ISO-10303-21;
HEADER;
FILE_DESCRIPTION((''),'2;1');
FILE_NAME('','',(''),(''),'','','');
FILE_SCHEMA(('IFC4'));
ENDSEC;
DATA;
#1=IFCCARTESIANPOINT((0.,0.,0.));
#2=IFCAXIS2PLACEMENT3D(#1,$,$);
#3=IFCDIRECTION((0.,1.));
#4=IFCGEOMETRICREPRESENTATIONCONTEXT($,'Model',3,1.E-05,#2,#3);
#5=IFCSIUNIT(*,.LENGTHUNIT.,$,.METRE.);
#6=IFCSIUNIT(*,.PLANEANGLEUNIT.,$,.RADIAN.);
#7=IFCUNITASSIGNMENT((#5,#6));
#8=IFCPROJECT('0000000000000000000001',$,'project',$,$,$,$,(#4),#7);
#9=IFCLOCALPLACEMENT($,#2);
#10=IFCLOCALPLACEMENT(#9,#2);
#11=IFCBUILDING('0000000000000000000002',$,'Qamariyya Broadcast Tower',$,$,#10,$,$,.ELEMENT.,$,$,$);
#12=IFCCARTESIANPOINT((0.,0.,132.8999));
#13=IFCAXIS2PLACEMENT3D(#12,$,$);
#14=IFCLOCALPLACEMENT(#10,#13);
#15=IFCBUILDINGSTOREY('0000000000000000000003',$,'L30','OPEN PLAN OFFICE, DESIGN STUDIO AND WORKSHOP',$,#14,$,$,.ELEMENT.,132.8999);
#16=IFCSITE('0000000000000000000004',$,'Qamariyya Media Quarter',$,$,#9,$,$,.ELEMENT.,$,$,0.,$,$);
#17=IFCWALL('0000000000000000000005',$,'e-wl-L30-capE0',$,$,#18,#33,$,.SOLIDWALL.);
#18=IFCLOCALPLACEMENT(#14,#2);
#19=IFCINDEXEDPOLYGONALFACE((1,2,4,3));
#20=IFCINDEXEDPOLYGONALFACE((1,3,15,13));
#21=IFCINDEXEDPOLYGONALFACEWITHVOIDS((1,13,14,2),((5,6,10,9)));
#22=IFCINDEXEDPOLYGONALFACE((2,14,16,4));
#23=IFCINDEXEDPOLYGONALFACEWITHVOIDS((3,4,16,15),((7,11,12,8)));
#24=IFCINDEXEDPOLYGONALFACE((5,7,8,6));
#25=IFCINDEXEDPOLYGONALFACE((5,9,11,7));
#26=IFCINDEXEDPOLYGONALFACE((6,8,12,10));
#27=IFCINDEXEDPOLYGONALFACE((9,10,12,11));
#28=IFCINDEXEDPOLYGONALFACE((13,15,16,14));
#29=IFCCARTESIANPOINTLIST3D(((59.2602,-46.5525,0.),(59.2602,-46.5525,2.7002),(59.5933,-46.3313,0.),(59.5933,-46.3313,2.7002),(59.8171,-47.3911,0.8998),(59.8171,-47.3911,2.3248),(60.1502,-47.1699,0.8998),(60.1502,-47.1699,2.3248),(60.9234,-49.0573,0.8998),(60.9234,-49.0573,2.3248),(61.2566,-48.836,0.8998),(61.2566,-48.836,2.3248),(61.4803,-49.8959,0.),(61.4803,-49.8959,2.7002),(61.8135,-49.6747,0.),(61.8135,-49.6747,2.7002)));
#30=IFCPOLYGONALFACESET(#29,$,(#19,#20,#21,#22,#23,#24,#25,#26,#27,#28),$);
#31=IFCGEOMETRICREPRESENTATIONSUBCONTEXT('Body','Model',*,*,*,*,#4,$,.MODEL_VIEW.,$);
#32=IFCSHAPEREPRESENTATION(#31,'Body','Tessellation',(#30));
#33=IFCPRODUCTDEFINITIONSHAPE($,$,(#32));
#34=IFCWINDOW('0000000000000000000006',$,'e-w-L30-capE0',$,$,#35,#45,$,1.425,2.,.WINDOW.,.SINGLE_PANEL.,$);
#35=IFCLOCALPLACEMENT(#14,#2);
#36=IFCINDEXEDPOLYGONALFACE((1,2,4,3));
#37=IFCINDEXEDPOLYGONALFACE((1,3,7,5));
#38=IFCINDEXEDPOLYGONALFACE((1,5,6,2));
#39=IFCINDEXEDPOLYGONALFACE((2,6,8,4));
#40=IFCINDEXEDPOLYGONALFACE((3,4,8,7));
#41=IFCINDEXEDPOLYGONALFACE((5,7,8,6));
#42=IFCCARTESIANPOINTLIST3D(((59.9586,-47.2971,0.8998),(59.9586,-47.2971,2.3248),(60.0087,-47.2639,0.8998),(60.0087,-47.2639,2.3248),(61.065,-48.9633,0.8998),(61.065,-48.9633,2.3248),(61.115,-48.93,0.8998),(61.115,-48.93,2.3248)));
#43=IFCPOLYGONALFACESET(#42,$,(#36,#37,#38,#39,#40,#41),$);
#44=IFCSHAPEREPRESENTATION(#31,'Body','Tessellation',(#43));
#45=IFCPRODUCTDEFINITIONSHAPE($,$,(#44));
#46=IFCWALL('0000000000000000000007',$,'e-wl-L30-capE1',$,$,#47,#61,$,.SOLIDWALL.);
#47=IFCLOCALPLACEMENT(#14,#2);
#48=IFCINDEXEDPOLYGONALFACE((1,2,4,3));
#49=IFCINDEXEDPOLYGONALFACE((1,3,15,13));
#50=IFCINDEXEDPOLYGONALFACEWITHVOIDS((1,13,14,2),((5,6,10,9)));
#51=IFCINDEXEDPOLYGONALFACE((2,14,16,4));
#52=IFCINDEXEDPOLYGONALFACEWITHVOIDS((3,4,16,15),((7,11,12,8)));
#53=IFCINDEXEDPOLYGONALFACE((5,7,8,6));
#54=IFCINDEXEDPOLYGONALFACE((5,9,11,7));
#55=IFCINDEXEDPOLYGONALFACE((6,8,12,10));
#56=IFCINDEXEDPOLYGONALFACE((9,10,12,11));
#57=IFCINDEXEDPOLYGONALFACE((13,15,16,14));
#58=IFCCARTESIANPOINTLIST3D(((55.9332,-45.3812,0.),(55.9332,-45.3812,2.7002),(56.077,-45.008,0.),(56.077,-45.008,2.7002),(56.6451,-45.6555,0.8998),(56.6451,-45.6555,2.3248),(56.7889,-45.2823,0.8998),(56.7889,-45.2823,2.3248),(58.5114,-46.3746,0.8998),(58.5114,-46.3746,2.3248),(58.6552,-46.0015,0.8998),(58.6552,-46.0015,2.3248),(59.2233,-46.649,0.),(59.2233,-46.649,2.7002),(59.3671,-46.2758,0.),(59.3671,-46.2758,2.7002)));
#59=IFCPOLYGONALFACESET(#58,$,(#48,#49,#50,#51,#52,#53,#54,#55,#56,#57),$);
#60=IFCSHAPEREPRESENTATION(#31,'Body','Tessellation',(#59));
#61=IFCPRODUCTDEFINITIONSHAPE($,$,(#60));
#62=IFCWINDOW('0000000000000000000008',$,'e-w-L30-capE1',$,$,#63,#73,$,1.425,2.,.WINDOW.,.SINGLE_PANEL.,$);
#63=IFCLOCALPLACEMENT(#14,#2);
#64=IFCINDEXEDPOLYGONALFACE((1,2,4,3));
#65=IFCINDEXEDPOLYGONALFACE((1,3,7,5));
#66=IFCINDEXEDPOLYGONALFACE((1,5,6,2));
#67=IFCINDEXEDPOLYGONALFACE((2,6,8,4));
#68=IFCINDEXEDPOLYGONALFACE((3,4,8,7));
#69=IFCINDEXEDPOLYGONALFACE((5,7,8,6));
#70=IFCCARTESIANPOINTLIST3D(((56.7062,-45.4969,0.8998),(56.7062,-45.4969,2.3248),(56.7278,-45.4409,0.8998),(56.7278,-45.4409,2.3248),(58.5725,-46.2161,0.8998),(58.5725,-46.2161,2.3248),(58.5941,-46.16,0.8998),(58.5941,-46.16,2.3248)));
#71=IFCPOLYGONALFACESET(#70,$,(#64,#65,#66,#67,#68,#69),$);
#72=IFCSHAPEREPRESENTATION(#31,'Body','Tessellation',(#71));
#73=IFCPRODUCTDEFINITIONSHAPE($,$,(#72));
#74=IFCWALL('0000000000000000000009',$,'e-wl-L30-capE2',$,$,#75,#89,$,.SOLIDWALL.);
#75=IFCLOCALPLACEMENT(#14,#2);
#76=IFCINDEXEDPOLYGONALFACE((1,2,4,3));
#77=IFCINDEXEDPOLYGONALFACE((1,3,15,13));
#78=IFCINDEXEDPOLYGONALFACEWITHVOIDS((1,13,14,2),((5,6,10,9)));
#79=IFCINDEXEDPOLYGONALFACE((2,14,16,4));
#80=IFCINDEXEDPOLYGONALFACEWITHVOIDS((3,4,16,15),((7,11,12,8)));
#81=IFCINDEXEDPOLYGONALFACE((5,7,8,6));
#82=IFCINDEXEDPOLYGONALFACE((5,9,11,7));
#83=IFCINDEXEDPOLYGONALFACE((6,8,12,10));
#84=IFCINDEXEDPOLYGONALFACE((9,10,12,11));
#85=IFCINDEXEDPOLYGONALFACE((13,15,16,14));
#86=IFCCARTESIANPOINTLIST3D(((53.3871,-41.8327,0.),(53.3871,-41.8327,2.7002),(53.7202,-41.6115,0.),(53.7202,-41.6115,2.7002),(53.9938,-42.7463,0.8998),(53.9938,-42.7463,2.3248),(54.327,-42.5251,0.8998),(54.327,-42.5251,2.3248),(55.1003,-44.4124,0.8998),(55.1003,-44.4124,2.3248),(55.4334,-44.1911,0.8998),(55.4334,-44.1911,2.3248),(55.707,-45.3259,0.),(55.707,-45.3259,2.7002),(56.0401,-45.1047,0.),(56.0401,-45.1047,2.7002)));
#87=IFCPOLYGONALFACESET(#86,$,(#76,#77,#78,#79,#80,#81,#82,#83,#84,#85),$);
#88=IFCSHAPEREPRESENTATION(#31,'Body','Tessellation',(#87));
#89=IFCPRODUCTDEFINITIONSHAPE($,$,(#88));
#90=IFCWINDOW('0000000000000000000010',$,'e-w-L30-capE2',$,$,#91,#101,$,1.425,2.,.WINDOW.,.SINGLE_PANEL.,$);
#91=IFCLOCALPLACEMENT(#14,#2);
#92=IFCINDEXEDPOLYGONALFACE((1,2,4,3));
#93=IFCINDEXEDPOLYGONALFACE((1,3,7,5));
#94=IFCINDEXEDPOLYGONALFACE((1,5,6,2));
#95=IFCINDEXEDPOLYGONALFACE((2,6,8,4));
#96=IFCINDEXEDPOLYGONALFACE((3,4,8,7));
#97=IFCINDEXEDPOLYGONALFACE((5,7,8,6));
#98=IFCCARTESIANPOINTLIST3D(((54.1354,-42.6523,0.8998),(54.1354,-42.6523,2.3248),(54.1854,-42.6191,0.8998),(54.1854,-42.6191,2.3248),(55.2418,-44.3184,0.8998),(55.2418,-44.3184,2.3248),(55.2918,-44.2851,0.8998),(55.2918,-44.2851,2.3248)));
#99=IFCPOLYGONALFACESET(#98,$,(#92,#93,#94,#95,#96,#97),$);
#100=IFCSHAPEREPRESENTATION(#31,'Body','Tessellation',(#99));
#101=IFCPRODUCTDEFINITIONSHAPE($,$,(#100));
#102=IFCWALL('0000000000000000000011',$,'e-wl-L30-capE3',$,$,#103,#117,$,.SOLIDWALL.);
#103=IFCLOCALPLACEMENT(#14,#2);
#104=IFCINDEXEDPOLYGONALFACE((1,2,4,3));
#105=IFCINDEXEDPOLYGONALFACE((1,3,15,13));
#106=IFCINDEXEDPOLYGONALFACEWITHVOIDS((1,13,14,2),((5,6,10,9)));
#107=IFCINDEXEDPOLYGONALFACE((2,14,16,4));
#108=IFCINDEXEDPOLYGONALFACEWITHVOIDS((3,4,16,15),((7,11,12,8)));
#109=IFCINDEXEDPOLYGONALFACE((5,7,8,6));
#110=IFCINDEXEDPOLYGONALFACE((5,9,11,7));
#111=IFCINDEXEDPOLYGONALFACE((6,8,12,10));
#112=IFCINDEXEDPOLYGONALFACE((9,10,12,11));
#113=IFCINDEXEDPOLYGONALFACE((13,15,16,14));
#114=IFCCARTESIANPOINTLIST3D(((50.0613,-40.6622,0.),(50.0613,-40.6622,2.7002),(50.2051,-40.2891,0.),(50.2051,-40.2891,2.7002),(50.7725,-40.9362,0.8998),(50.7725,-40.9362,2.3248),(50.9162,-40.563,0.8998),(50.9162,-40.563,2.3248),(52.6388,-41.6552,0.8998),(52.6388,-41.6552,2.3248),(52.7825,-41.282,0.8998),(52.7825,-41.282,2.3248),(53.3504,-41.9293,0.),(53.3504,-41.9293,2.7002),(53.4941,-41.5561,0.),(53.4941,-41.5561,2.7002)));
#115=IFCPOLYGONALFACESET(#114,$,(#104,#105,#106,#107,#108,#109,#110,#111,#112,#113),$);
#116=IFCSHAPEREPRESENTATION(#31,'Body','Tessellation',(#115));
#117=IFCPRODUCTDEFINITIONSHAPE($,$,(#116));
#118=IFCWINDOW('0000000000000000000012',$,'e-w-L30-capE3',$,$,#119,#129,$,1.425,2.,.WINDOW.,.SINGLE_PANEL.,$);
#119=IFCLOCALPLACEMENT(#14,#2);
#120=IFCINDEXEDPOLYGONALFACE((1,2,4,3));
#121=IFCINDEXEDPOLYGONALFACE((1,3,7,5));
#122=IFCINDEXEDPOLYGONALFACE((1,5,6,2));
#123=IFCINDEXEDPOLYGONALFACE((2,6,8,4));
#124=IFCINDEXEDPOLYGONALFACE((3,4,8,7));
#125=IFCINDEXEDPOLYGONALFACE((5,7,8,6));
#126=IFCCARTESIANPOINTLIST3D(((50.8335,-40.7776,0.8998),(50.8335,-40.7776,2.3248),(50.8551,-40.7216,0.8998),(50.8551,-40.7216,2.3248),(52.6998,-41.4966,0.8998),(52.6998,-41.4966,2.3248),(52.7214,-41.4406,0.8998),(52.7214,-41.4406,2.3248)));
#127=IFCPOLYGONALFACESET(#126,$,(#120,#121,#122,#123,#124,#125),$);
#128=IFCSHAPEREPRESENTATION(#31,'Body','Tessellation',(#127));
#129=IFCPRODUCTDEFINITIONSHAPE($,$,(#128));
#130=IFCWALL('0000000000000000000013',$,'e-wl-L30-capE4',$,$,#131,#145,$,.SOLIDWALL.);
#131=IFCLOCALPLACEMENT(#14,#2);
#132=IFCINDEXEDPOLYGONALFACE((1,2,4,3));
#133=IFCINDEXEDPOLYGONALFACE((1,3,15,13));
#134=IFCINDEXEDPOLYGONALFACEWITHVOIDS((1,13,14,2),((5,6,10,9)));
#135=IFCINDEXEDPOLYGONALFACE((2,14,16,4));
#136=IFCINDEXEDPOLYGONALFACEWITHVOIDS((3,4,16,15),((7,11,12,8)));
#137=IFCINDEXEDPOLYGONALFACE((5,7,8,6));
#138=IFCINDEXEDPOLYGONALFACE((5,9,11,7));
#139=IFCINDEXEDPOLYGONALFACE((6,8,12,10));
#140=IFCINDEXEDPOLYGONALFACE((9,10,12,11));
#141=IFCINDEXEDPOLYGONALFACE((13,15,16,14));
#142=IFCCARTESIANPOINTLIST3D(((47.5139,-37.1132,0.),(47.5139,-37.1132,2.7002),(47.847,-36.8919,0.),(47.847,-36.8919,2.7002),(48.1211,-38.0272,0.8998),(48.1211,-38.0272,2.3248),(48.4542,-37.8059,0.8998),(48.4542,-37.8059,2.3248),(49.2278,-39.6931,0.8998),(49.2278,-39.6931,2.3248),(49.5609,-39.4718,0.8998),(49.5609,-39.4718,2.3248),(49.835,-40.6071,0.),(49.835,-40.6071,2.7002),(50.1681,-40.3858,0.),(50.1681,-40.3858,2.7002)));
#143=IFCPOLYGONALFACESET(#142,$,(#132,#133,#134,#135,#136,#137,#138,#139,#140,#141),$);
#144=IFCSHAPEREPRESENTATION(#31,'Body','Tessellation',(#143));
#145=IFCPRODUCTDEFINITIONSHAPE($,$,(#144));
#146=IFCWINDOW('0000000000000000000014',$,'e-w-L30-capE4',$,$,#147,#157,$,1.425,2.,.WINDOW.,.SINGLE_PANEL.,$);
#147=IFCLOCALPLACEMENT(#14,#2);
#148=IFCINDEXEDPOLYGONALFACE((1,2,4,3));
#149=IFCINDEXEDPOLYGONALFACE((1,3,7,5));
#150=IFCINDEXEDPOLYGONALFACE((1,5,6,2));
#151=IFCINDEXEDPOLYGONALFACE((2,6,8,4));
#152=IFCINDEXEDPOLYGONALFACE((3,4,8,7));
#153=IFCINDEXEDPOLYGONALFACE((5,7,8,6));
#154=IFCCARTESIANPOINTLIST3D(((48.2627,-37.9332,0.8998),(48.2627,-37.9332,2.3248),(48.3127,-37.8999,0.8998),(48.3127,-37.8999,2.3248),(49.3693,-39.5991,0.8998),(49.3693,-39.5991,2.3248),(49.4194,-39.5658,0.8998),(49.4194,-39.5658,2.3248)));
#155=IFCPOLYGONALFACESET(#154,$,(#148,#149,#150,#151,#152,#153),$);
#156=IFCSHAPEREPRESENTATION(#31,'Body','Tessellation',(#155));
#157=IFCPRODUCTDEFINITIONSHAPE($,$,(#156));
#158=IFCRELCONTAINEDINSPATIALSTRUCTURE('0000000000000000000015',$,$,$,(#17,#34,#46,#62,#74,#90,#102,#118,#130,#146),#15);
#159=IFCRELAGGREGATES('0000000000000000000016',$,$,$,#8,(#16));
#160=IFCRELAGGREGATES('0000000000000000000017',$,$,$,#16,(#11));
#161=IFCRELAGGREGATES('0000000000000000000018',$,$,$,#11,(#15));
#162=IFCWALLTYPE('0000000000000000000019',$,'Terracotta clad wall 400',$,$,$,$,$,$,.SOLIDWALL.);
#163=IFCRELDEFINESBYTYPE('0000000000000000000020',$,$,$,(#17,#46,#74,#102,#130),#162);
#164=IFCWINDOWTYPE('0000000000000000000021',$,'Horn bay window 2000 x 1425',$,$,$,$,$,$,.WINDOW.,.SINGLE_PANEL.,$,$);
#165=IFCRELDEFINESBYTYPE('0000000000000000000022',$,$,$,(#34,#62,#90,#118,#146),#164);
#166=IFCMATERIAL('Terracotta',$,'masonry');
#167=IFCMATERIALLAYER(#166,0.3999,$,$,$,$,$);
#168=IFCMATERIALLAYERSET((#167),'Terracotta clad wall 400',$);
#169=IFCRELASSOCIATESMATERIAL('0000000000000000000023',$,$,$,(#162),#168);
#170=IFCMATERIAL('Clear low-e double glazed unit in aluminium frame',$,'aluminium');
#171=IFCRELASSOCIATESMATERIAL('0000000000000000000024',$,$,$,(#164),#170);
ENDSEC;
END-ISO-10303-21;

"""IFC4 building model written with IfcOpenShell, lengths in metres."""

from ifc_helpers import new_model, si_unit, direction, frame, frame_2d, origin, place, context, subcontext, project, spatial, rectangle, extrude, material, layer, layer_set, type_object, element, fill, save


model = new_model("IFC4")

# Units and contexts
model_context = context("Model", 3, precision=1e-05, world=origin(), true_north=direction((0.0, 1.0)))
body_context = subcontext(model_context, "Body", "Model", "MODEL_VIEW")
ifc_project = project(units=[si_unit("LENGTHUNIT", "METRE"), si_unit("PLANEANGLEUNIT", "RADIAN")], contexts=[model_context])

# Site, building, storey
site_placement = place(None, origin())
site = spatial("IfcSite", under=ifc_project, at=site_placement, Name="Qamariyya Media Quarter", CompositionType="ELEMENT", RefElevation=0.0)
building_placement = place(site_placement, origin())
building = spatial("IfcBuilding", under=site, at=building_placement, Name="Qamariyya Broadcast Tower", CompositionType="ELEMENT")
storey_placement = place(building_placement, frame((0.0, 0.0, 132.8999)))
storey = spatial("IfcBuildingStorey", under=building, at=storey_placement, Name="L30", Description="OPEN PLAN OFFICE, DESIGN STUDIO AND WORKSHOP", CompositionType="ELEMENT", Elevation=132.8999)

# Walls, openings, windows
ifc_material_1 = material(Name="Terracotta", Category="masonry")
ifc_layer = layer(ifc_material_1, 0.3999)
ifc_layer_set = layer_set([ifc_layer], Name="Terracotta clad wall 400")
wall_type = type_object("IfcWallType", Name="Terracotta clad wall 400", PredefinedType="SOLIDWALL", material=ifc_layer_set)
wall_1_placement = place(storey_placement, frame((61.647, -49.7854, 0.0), z_axis=(0.0, 0.0, 1.0), x_axis=(-0.553183, 0.83306, 0.0)))
wall_1 = element("IfcWall", 1, at=wall_1_placement, inside=storey, type_object=wall_type, Name="e-wl-L30-capE0", PredefinedType="SOLIDWALL", context=body_context, shape_type="SweptSolid", body=[
    extrude(rectangle(XDim=4.0134, YDim=0.3999, at=frame_2d((2.0068, 0.0))), origin(), (0.0, 0.0, 1.0), 2.7002),
])
opening_1_placement = place(wall_1_placement, frame((1.0068, 0.0, 0.8999)))
opening_1 = element("IfcOpeningElement", 2, at=opening_1_placement, cuts=wall_1, PredefinedType="OPENING", context=body_context, shape_type="SweptSolid", body=[
    extrude(rectangle(XDim=2.0, YDim=1.425, at=frame_2d((1.0, 0.7124))), frame((0.0, 0.21, 0.0), z_axis=(0.0, -1.0, 0.0), x_axis=(1.0, 0.0, 0.0)), (0.0, 0.0, 1.0), 0.4199),
])
ifc_material_2 = material(Name="Clear low-e double glazed unit in aluminium frame", Category="aluminium")
window_type = type_object("IfcWindowType", Name="Horn bay window 2000 x 1425", PartitioningType="SINGLE_PANEL", PredefinedType="WINDOW", material=ifc_material_2)
window_1_placement = place(opening_1_placement, origin())
window_1 = element("IfcWindow", 3, at=window_1_placement, inside=storey, type_object=window_type, Name="e-w-L30-capE0", OverallHeight=1.425, OverallWidth=2.0, PartitioningType="SINGLE_PANEL", PredefinedType="WINDOW", context=body_context, shape_type="SweptSolid", body=[
    extrude(rectangle(XDim=2.0, YDim=1.425, at=frame_2d((1.0, 0.7124))), frame((0.0, 0.03, 0.0), z_axis=(0.0, -1.0, 0.0), x_axis=(1.0, 0.0, 0.0)), (0.0, 0.0, 1.0), 0.0601),
])
fill(opening_1, window_1)
wall_2_placement = place(storey_placement, frame((59.2952, -46.4624, 0.0), z_axis=(0.0, 0.0, 1.0), x_axis=(-0.933115, 0.359578, 0.0)))
wall_2 = element("IfcWall", 4, at=wall_2_placement, inside=storey, type_object=wall_type, Name="e-wl-L30-capE1", PredefinedType="SOLIDWALL", context=body_context, shape_type="SweptSolid", body=[
    extrude(rectangle(XDim=3.5259, YDim=0.3999, at=frame_2d((1.7629, 0.0))), origin(), (0.0, 0.0, 1.0), 2.7002),
])
opening_2_placement = place(wall_2_placement, frame((0.7629, 0.0, 0.8999)))
opening_2 = element("IfcOpeningElement", 5, at=opening_2_placement, cuts=wall_2, PredefinedType="OPENING", context=body_context, shape_type="SweptSolid", body=[
    extrude(rectangle(XDim=2.0, YDim=1.425, at=frame_2d((1.0, 0.7124))), frame((0.0, 0.21, 0.0), z_axis=(0.0, -1.0, 0.0), x_axis=(1.0, 0.0, 0.0)), (0.0, 0.0, 1.0), 0.4199),
])
window_2_placement = place(opening_2_placement, origin())
window_2 = element("IfcWindow", 6, at=window_2_placement, inside=storey, type_object=window_type, Name="e-w-L30-capE1", OverallHeight=1.425, OverallWidth=2.0, PartitioningType="SINGLE_PANEL", PredefinedType="WINDOW", context=body_context, shape_type="SweptSolid", body=[
    extrude(rectangle(XDim=2.0, YDim=1.425, at=frame_2d((1.0, 0.7124))), frame((0.0, 0.03, 0.0), z_axis=(0.0, -1.0, 0.0), x_axis=(1.0, 0.0, 0.0)), (0.0, 0.0, 1.0), 0.0601),
])
fill(opening_2, window_2)
wall_3_placement = place(storey_placement, frame((55.8735, -45.2153, 0.0), z_axis=(0.0, 0.0, 1.0), x_axis=(-0.553221, 0.833034, 0.0)))
wall_3 = element("IfcWall", 7, at=wall_3_placement, inside=storey, type_object=wall_type, Name="e-wl-L30-capE2", PredefinedType="SOLIDWALL", context=body_context, shape_type="SweptSolid", body=[
    extrude(rectangle(XDim=4.1934, YDim=0.3999, at=frame_2d((2.0967, 0.0))), origin(), (0.0, 0.0, 1.0), 2.7002),
])
opening_3_placement = place(wall_3_placement, frame((1.0967, 0.0, 0.8999)))
opening_3 = element("IfcOpeningElement", 8, at=opening_3_placement, cuts=wall_3, PredefinedType="OPENING", context=body_context, shape_type="SweptSolid", body=[
    extrude(rectangle(XDim=2.0, YDim=1.425, at=frame_2d((1.0, 0.7124))), frame((0.0, 0.21, 0.0), z_axis=(0.0, -1.0, 0.0), x_axis=(1.0, 0.0, 0.0)), (0.0, 0.0, 1.0), 0.4199),
])
window_3_placement = place(opening_3_placement, origin())
window_3 = element("IfcWindow", 9, at=window_3_placement, inside=storey, type_object=window_type, Name="e-w-L30-capE2", OverallHeight=1.425, OverallWidth=2.0, PartitioningType="SINGLE_PANEL", PredefinedType="WINDOW", context=body_context, shape_type="SweptSolid", body=[
    extrude(rectangle(XDim=2.0, YDim=1.425, at=frame_2d((1.0, 0.7124))), frame((0.0, 0.03, 0.0), z_axis=(0.0, -1.0, 0.0), x_axis=(1.0, 0.0, 0.0)), (0.0, 0.0, 1.0), 0.0601),
])
fill(opening_3, window_3)
wall_4_placement = place(storey_placement, frame((53.4221, -41.7427, 0.0), z_axis=(0.0, 0.0, 1.0), x_axis=(-0.933149, 0.35949, 0.0)))
wall_4 = element("IfcWall", 10, at=wall_4_placement, inside=storey, type_object=wall_type, Name="e-wl-L30-capE3", PredefinedType="SOLIDWALL", context=body_context, shape_type="SweptSolid", body=[
    extrude(rectangle(XDim=3.5247, YDim=0.3999, at=frame_2d((1.7622, 0.0))), origin(), (0.0, 0.0, 1.0), 2.7002),
])
opening_4_placement = place(wall_4_placement, frame((0.7625, 0.0, 0.8999)))
opening_4 = element("IfcOpeningElement", 11, at=opening_4_placement, cuts=wall_4, PredefinedType="OPENING", context=body_context, shape_type="SweptSolid", body=[
    extrude(rectangle(XDim=2.0, YDim=1.425, at=frame_2d((1.0, 0.7124))), frame((0.0, 0.21, 0.0), z_axis=(0.0, -1.0, 0.0), x_axis=(1.0, 0.0, 0.0)), (0.0, 0.0, 1.0), 0.4199),
])
window_4_placement = place(opening_4_placement, origin())
window_4 = element("IfcWindow", 12, at=window_4_placement, inside=storey, type_object=window_type, Name="e-w-L30-capE3", OverallHeight=1.425, OverallWidth=2.0, PartitioningType="SINGLE_PANEL", PredefinedType="WINDOW", context=body_context, shape_type="SweptSolid", body=[
    extrude(rectangle(XDim=2.0, YDim=1.425, at=frame_2d((1.0, 0.7124))), frame((0.0, 0.03, 0.0), z_axis=(0.0, -1.0, 0.0), x_axis=(1.0, 0.0, 0.0)), (0.0, 0.0, 1.0), 0.0601),
])
fill(opening_4, window_4)
wall_5_placement = place(storey_placement, frame((50.0015, -40.4963, 0.0), z_axis=(0.0, 0.0, 1.0), x_axis=(-0.553343, 0.832954, 0.0)))
wall_5 = element("IfcWall", 13, at=wall_5_placement, inside=storey, type_object=wall_type, Name="e-wl-L30-capE4", PredefinedType="SOLIDWALL", context=body_context, shape_type="SweptSolid", body=[
    extrude(rectangle(XDim=4.1946, YDim=0.3999, at=frame_2d((2.0972, 0.0))), origin(), (0.0, 0.0, 1.0), 2.7002),
])
opening_5_placement = place(wall_5_placement, frame((1.0972, 0.0, 0.8999)))
opening_5 = element("IfcOpeningElement", 14, at=opening_5_placement, cuts=wall_5, PredefinedType="OPENING", context=body_context, shape_type="SweptSolid", body=[
    extrude(rectangle(XDim=2.0, YDim=1.425, at=frame_2d((1.0, 0.7124))), frame((0.0, 0.21, 0.0), z_axis=(0.0, -1.0, 0.0), x_axis=(1.0, 0.0, 0.0)), (0.0, 0.0, 1.0), 0.4199),
])
window_5_placement = place(opening_5_placement, origin())
window_5 = element("IfcWindow", 15, at=window_5_placement, inside=storey, type_object=window_type, Name="e-w-L30-capE4", OverallHeight=1.425, OverallWidth=2.0, PartitioningType="SINGLE_PANEL", PredefinedType="WINDOW", context=body_context, shape_type="SweptSolid", body=[
    extrude(rectangle(XDim=2.0, YDim=1.425, at=frame_2d((1.0, 0.7124))), frame((0.0, 0.03, 0.0), z_axis=(0.0, -1.0, 0.0), x_axis=(1.0, 0.0, 0.0)), (0.0, 0.0, 1.0), 0.0601),
])
fill(opening_5, window_5)

save(model, "model.ifc")
